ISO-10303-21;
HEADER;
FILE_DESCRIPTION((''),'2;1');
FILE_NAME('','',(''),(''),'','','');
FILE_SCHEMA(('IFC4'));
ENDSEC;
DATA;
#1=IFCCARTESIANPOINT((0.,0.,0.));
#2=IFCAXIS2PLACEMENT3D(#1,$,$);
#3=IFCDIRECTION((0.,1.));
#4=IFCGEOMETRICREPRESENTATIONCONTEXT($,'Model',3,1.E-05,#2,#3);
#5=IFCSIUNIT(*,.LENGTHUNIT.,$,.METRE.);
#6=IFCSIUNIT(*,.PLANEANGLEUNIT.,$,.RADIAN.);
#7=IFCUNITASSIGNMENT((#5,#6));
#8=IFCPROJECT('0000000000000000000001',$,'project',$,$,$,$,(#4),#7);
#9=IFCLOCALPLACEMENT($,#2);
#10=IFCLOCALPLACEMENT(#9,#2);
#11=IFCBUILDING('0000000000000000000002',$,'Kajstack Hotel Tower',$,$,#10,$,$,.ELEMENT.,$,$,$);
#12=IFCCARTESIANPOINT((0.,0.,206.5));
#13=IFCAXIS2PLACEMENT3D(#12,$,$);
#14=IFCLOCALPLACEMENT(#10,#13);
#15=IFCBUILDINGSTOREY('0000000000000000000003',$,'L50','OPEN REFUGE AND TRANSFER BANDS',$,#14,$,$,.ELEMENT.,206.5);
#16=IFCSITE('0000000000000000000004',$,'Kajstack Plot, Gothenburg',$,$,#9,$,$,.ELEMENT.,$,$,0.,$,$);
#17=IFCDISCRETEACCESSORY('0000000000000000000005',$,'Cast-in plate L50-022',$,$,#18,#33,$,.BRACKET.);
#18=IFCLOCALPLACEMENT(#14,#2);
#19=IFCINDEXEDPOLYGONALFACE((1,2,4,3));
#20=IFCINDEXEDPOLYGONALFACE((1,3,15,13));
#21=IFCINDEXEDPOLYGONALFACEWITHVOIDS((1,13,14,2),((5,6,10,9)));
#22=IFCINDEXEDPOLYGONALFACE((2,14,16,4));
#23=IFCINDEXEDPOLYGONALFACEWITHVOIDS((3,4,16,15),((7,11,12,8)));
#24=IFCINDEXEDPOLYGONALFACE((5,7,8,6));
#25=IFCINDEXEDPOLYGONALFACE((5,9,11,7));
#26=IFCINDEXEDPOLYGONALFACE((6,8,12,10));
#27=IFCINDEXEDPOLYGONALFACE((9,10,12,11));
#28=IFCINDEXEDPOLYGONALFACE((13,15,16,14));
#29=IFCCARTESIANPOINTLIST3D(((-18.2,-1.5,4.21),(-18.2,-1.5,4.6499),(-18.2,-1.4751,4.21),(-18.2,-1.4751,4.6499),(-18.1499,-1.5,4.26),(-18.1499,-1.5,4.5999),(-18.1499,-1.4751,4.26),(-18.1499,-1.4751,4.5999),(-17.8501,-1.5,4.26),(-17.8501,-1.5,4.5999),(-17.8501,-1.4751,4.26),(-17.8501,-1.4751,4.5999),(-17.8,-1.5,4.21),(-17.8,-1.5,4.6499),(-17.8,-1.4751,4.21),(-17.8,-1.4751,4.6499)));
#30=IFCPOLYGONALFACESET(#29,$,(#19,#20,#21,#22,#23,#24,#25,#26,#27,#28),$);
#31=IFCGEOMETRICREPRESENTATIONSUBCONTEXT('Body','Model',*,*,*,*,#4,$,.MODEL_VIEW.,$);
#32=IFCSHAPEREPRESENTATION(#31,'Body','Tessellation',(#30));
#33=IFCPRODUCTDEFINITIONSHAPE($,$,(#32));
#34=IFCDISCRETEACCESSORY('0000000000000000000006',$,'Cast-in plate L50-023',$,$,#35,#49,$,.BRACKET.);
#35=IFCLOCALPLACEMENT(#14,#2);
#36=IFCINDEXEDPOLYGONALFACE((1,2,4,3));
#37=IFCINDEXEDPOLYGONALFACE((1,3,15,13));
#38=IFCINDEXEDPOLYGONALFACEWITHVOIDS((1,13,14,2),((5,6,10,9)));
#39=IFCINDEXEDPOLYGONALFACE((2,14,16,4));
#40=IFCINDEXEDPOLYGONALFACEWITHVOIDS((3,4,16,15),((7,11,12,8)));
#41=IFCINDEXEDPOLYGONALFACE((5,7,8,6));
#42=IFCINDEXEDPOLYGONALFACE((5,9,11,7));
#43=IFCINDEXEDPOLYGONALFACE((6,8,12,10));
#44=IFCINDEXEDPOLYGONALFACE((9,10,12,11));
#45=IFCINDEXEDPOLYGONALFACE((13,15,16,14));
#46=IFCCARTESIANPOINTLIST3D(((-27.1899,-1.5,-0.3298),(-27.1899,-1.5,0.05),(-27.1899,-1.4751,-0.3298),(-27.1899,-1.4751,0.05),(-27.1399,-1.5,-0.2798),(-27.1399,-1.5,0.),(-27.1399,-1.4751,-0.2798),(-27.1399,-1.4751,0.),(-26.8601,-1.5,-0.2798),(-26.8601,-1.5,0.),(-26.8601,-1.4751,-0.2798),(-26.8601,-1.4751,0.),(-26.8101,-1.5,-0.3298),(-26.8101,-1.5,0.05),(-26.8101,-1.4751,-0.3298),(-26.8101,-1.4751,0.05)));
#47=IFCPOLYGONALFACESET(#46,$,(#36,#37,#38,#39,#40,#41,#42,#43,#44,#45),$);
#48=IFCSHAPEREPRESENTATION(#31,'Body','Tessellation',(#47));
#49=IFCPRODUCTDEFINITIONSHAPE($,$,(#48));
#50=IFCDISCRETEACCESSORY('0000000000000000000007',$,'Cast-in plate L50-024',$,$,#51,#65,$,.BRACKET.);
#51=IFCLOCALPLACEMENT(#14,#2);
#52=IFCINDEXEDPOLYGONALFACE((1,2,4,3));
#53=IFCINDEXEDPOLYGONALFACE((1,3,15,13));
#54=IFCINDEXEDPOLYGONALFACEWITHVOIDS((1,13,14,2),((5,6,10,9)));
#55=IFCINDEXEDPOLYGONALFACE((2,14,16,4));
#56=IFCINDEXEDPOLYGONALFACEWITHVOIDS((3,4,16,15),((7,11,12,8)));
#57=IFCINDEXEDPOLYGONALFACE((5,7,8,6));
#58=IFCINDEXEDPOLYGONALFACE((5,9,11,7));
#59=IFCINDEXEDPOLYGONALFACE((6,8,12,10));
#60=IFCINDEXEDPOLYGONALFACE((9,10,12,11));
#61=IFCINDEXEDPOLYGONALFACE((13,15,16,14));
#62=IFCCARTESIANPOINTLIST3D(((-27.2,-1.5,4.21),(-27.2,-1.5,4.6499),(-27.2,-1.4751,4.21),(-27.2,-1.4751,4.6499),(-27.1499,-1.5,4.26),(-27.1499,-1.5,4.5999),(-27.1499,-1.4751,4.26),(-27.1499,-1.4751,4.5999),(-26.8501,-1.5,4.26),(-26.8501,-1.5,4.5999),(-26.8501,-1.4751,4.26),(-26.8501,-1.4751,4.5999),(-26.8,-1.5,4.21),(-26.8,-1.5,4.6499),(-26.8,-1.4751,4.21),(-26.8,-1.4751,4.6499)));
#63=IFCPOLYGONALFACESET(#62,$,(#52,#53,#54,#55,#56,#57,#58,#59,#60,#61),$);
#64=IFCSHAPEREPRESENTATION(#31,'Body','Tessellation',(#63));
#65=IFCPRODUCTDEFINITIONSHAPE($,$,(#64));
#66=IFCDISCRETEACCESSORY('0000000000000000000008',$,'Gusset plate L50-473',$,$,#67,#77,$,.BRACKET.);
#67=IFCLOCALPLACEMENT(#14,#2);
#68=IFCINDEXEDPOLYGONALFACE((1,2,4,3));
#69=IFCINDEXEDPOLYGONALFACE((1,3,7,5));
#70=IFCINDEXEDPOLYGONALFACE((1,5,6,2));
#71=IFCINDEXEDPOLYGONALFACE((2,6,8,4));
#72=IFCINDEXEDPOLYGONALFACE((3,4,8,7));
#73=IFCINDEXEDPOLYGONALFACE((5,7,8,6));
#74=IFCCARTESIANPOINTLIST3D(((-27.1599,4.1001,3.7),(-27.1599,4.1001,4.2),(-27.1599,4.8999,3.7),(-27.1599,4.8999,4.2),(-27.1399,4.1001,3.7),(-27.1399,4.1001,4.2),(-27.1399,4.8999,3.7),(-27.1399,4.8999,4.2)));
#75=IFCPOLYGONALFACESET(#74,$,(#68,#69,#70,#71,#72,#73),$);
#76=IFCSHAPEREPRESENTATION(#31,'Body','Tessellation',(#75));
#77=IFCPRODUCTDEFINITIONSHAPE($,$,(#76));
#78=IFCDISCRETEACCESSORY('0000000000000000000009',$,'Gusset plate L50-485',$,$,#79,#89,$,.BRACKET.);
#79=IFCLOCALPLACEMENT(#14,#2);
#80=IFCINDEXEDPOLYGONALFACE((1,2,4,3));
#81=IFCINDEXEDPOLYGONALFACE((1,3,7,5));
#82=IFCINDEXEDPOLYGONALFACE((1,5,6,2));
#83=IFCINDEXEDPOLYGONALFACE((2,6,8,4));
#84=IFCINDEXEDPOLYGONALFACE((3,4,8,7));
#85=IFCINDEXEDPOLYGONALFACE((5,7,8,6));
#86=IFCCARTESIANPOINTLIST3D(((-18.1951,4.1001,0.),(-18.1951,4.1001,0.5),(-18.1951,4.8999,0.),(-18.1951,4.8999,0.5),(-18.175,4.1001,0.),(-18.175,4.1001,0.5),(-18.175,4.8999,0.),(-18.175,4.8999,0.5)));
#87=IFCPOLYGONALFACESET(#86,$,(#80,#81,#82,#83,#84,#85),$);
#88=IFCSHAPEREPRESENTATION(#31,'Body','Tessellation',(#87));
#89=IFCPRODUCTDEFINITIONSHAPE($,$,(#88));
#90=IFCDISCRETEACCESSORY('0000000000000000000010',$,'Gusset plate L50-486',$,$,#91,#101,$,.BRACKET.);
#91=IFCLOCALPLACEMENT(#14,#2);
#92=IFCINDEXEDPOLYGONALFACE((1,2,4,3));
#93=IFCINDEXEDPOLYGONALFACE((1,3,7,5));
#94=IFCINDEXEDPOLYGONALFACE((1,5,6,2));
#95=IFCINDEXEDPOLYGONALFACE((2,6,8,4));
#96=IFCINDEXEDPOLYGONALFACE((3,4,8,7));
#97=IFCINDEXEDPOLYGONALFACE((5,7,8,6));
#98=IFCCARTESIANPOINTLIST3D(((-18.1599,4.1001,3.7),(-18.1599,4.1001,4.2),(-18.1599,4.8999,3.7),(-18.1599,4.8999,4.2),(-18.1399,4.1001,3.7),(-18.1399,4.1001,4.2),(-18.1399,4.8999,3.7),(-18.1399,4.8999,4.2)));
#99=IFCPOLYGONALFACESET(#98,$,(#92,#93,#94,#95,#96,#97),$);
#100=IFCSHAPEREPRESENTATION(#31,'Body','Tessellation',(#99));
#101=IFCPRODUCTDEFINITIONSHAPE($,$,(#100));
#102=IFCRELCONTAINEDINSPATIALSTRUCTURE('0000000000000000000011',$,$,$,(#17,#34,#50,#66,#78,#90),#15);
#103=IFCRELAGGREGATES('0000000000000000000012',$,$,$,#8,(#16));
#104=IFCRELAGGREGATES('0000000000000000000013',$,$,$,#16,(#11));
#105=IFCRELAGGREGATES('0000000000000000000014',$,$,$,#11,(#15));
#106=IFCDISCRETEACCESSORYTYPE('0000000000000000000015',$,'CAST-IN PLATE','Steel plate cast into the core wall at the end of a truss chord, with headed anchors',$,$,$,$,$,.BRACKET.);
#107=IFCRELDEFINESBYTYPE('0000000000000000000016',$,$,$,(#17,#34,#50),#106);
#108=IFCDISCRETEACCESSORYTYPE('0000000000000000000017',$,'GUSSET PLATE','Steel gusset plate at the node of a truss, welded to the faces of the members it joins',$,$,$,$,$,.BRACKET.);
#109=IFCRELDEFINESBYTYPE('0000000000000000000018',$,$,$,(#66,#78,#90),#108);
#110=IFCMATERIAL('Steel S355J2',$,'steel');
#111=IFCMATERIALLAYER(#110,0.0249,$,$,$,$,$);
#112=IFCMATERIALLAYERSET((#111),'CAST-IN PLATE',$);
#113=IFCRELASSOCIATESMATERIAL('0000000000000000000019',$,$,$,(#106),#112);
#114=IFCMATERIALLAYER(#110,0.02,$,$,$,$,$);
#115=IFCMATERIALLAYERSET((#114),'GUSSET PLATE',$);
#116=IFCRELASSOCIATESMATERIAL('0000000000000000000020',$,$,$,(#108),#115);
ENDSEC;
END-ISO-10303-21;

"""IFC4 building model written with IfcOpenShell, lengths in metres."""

from ifc_helpers import new_model, si_unit, direction, frame, origin, place, context, subcontext, project, spatial, polyline, outline, extrude, material, layer, layer_set, type_object, element, save


model = new_model("IFC4")

# Units and contexts
model_context = context("Model", 3, precision=1e-05, world=origin(), true_north=direction((0.0, 1.0)))
body_context = subcontext(model_context, "Body", "Model", "MODEL_VIEW")
ifc_project = project(units=[si_unit("LENGTHUNIT", "METRE"), si_unit("PLANEANGLEUNIT", "RADIAN")], contexts=[model_context])

# Site, building, storey
site_placement = place(None, origin())
site = spatial("IfcSite", under=ifc_project, at=site_placement, Name="Kajstack Plot, Gothenburg", CompositionType="ELEMENT", RefElevation=0.0)
building_placement = place(site_placement, origin())
building = spatial("IfcBuilding", under=site, at=building_placement, Name="Kajstack Hotel Tower", CompositionType="ELEMENT")
storey_placement = place(building_placement, frame((0.0, 0.0, 206.5)))
storey = spatial("IfcBuildingStorey", under=building, at=storey_placement, Name="L50", Description="OPEN REFUGE AND TRANSFER BANDS", CompositionType="ELEMENT", Elevation=206.5)

# Shared definitions
ifc_material_1 = material(Name="Steel S355J2", Category="steel")

# Discrete accessories
ifc_layer_1 = layer(ifc_material_1, 0.0249)
ifc_layer_set_1 = layer_set([ifc_layer_1], Name="CAST-IN PLATE")
discrete_accessory_type_1 = type_object("IfcDiscreteAccessoryType", Name="CAST-IN PLATE", Description="Steel plate cast into the core wall at the end of a truss chord, with headed anchors", PredefinedType="BRACKET", material=ifc_layer_set_1)
discrete_accessory_1_placement = place(storey_placement, frame((-18.0, -1.5, 4.4299), z_axis=(0.0, 1.0, 0.0), x_axis=(-1.0, 0.0, 0.0)))
element("IfcDiscreteAccessory", 1, at=discrete_accessory_1_placement, inside=storey, type_object=discrete_accessory_type_1, Name="Cast-in plate L50-022", PredefinedType="BRACKET", context=body_context, shape_type="SweptSolid", body=[
    extrude(outline(polyline([(-0.2, -0.22), (0.2, -0.22), (0.2, 0.22), (-0.2, 0.22), (-0.2, -0.22)]), holes=[polyline([(-0.1499, -0.1699), (-0.1499, 0.1699), (0.1499, 0.1699), (0.1499, -0.1699), (-0.1499, -0.1699)])]), origin(), (0.0, 0.0, 1.0), 0.0249),
])
discrete_accessory_2_placement = place(storey_placement, frame((-27.0, -1.5, -0.1399), z_axis=(0.0, 1.0, 0.0), x_axis=(-1.0, 0.0, 0.0)))
element("IfcDiscreteAccessory", 2, at=discrete_accessory_2_placement, inside=storey, type_object=discrete_accessory_type_1, Name="Cast-in plate L50-023", PredefinedType="BRACKET", context=body_context, shape_type="SweptSolid", body=[
    extrude(outline(polyline([(-0.1899, -0.1899), (0.1899, -0.1899), (0.1899, 0.1899), (-0.1899, 0.1899), (-0.1899, -0.1899)]), holes=[polyline([(-0.1399, -0.1399), (-0.1399, 0.1399), (0.1399, 0.1399), (0.1399, -0.1399), (-0.1399, -0.1399)])]), origin(), (0.0, 0.0, 1.0), 0.0249),
])
discrete_accessory_3_placement = place(storey_placement, frame((-27.0, -1.5, 4.4299), z_axis=(0.0, 1.0, 0.0), x_axis=(-1.0, 0.0, 0.0)))
element("IfcDiscreteAccessory", 3, at=discrete_accessory_3_placement, inside=storey, type_object=discrete_accessory_type_1, Name="Cast-in plate L50-024", PredefinedType="BRACKET", context=body_context, shape_type="SweptSolid", body=[
    extrude(outline(polyline([(-0.2, -0.22), (0.2, -0.22), (0.2, 0.22), (-0.2, 0.22), (-0.2, -0.22)]), holes=[polyline([(-0.1499, -0.1699), (-0.1499, 0.1699), (0.1499, 0.1699), (0.1499, -0.1699), (-0.1499, -0.1699)])]), origin(), (0.0, 0.0, 1.0), 0.0249),
])
ifc_layer_2 = layer(ifc_material_1, 0.02)
ifc_layer_set_2 = layer_set([ifc_layer_2], Name="GUSSET PLATE")
discrete_accessory_type_2 = type_object("IfcDiscreteAccessoryType", Name="GUSSET PLATE", Description="Steel gusset plate at the node of a truss, welded to the faces of the members it joins", PredefinedType="BRACKET", material=ifc_layer_set_2)
for number, where, z_axis, x_axis, name in (
    (4, (-27.1599, 4.5, 3.7), (1.0, 0.0, 0.0), (0.0, 1.0, 0.0), "Gusset plate L50-473"),
    (5, (-18.1951, 4.5, 0.0), (1.0, 0.0, 0.0), (0.0, 1.0, 0.0), "Gusset plate L50-485"),
    (6, (-18.1599, 4.5, 3.7), (1.0, 0.0, 0.0), (0.0, 1.0, 0.0), "Gusset plate L50-486"),
):
    element("IfcDiscreteAccessory", number, at=place(storey_placement, frame(where, z_axis=z_axis, x_axis=x_axis)), inside=storey, type_object=discrete_accessory_type_2, Name=name, PredefinedType="BRACKET", context=body_context, shape_type="SweptSolid", body=[
        extrude(outline(polyline([(-0.3999, 0.0), (0.3999, 0.0), (0.3999, 0.5), (-0.3999, 0.5), (-0.3999, 0.0)])), origin(), (0.0, 0.0, 1.0), 0.02),
    ])

save(model, "model.ifc")
